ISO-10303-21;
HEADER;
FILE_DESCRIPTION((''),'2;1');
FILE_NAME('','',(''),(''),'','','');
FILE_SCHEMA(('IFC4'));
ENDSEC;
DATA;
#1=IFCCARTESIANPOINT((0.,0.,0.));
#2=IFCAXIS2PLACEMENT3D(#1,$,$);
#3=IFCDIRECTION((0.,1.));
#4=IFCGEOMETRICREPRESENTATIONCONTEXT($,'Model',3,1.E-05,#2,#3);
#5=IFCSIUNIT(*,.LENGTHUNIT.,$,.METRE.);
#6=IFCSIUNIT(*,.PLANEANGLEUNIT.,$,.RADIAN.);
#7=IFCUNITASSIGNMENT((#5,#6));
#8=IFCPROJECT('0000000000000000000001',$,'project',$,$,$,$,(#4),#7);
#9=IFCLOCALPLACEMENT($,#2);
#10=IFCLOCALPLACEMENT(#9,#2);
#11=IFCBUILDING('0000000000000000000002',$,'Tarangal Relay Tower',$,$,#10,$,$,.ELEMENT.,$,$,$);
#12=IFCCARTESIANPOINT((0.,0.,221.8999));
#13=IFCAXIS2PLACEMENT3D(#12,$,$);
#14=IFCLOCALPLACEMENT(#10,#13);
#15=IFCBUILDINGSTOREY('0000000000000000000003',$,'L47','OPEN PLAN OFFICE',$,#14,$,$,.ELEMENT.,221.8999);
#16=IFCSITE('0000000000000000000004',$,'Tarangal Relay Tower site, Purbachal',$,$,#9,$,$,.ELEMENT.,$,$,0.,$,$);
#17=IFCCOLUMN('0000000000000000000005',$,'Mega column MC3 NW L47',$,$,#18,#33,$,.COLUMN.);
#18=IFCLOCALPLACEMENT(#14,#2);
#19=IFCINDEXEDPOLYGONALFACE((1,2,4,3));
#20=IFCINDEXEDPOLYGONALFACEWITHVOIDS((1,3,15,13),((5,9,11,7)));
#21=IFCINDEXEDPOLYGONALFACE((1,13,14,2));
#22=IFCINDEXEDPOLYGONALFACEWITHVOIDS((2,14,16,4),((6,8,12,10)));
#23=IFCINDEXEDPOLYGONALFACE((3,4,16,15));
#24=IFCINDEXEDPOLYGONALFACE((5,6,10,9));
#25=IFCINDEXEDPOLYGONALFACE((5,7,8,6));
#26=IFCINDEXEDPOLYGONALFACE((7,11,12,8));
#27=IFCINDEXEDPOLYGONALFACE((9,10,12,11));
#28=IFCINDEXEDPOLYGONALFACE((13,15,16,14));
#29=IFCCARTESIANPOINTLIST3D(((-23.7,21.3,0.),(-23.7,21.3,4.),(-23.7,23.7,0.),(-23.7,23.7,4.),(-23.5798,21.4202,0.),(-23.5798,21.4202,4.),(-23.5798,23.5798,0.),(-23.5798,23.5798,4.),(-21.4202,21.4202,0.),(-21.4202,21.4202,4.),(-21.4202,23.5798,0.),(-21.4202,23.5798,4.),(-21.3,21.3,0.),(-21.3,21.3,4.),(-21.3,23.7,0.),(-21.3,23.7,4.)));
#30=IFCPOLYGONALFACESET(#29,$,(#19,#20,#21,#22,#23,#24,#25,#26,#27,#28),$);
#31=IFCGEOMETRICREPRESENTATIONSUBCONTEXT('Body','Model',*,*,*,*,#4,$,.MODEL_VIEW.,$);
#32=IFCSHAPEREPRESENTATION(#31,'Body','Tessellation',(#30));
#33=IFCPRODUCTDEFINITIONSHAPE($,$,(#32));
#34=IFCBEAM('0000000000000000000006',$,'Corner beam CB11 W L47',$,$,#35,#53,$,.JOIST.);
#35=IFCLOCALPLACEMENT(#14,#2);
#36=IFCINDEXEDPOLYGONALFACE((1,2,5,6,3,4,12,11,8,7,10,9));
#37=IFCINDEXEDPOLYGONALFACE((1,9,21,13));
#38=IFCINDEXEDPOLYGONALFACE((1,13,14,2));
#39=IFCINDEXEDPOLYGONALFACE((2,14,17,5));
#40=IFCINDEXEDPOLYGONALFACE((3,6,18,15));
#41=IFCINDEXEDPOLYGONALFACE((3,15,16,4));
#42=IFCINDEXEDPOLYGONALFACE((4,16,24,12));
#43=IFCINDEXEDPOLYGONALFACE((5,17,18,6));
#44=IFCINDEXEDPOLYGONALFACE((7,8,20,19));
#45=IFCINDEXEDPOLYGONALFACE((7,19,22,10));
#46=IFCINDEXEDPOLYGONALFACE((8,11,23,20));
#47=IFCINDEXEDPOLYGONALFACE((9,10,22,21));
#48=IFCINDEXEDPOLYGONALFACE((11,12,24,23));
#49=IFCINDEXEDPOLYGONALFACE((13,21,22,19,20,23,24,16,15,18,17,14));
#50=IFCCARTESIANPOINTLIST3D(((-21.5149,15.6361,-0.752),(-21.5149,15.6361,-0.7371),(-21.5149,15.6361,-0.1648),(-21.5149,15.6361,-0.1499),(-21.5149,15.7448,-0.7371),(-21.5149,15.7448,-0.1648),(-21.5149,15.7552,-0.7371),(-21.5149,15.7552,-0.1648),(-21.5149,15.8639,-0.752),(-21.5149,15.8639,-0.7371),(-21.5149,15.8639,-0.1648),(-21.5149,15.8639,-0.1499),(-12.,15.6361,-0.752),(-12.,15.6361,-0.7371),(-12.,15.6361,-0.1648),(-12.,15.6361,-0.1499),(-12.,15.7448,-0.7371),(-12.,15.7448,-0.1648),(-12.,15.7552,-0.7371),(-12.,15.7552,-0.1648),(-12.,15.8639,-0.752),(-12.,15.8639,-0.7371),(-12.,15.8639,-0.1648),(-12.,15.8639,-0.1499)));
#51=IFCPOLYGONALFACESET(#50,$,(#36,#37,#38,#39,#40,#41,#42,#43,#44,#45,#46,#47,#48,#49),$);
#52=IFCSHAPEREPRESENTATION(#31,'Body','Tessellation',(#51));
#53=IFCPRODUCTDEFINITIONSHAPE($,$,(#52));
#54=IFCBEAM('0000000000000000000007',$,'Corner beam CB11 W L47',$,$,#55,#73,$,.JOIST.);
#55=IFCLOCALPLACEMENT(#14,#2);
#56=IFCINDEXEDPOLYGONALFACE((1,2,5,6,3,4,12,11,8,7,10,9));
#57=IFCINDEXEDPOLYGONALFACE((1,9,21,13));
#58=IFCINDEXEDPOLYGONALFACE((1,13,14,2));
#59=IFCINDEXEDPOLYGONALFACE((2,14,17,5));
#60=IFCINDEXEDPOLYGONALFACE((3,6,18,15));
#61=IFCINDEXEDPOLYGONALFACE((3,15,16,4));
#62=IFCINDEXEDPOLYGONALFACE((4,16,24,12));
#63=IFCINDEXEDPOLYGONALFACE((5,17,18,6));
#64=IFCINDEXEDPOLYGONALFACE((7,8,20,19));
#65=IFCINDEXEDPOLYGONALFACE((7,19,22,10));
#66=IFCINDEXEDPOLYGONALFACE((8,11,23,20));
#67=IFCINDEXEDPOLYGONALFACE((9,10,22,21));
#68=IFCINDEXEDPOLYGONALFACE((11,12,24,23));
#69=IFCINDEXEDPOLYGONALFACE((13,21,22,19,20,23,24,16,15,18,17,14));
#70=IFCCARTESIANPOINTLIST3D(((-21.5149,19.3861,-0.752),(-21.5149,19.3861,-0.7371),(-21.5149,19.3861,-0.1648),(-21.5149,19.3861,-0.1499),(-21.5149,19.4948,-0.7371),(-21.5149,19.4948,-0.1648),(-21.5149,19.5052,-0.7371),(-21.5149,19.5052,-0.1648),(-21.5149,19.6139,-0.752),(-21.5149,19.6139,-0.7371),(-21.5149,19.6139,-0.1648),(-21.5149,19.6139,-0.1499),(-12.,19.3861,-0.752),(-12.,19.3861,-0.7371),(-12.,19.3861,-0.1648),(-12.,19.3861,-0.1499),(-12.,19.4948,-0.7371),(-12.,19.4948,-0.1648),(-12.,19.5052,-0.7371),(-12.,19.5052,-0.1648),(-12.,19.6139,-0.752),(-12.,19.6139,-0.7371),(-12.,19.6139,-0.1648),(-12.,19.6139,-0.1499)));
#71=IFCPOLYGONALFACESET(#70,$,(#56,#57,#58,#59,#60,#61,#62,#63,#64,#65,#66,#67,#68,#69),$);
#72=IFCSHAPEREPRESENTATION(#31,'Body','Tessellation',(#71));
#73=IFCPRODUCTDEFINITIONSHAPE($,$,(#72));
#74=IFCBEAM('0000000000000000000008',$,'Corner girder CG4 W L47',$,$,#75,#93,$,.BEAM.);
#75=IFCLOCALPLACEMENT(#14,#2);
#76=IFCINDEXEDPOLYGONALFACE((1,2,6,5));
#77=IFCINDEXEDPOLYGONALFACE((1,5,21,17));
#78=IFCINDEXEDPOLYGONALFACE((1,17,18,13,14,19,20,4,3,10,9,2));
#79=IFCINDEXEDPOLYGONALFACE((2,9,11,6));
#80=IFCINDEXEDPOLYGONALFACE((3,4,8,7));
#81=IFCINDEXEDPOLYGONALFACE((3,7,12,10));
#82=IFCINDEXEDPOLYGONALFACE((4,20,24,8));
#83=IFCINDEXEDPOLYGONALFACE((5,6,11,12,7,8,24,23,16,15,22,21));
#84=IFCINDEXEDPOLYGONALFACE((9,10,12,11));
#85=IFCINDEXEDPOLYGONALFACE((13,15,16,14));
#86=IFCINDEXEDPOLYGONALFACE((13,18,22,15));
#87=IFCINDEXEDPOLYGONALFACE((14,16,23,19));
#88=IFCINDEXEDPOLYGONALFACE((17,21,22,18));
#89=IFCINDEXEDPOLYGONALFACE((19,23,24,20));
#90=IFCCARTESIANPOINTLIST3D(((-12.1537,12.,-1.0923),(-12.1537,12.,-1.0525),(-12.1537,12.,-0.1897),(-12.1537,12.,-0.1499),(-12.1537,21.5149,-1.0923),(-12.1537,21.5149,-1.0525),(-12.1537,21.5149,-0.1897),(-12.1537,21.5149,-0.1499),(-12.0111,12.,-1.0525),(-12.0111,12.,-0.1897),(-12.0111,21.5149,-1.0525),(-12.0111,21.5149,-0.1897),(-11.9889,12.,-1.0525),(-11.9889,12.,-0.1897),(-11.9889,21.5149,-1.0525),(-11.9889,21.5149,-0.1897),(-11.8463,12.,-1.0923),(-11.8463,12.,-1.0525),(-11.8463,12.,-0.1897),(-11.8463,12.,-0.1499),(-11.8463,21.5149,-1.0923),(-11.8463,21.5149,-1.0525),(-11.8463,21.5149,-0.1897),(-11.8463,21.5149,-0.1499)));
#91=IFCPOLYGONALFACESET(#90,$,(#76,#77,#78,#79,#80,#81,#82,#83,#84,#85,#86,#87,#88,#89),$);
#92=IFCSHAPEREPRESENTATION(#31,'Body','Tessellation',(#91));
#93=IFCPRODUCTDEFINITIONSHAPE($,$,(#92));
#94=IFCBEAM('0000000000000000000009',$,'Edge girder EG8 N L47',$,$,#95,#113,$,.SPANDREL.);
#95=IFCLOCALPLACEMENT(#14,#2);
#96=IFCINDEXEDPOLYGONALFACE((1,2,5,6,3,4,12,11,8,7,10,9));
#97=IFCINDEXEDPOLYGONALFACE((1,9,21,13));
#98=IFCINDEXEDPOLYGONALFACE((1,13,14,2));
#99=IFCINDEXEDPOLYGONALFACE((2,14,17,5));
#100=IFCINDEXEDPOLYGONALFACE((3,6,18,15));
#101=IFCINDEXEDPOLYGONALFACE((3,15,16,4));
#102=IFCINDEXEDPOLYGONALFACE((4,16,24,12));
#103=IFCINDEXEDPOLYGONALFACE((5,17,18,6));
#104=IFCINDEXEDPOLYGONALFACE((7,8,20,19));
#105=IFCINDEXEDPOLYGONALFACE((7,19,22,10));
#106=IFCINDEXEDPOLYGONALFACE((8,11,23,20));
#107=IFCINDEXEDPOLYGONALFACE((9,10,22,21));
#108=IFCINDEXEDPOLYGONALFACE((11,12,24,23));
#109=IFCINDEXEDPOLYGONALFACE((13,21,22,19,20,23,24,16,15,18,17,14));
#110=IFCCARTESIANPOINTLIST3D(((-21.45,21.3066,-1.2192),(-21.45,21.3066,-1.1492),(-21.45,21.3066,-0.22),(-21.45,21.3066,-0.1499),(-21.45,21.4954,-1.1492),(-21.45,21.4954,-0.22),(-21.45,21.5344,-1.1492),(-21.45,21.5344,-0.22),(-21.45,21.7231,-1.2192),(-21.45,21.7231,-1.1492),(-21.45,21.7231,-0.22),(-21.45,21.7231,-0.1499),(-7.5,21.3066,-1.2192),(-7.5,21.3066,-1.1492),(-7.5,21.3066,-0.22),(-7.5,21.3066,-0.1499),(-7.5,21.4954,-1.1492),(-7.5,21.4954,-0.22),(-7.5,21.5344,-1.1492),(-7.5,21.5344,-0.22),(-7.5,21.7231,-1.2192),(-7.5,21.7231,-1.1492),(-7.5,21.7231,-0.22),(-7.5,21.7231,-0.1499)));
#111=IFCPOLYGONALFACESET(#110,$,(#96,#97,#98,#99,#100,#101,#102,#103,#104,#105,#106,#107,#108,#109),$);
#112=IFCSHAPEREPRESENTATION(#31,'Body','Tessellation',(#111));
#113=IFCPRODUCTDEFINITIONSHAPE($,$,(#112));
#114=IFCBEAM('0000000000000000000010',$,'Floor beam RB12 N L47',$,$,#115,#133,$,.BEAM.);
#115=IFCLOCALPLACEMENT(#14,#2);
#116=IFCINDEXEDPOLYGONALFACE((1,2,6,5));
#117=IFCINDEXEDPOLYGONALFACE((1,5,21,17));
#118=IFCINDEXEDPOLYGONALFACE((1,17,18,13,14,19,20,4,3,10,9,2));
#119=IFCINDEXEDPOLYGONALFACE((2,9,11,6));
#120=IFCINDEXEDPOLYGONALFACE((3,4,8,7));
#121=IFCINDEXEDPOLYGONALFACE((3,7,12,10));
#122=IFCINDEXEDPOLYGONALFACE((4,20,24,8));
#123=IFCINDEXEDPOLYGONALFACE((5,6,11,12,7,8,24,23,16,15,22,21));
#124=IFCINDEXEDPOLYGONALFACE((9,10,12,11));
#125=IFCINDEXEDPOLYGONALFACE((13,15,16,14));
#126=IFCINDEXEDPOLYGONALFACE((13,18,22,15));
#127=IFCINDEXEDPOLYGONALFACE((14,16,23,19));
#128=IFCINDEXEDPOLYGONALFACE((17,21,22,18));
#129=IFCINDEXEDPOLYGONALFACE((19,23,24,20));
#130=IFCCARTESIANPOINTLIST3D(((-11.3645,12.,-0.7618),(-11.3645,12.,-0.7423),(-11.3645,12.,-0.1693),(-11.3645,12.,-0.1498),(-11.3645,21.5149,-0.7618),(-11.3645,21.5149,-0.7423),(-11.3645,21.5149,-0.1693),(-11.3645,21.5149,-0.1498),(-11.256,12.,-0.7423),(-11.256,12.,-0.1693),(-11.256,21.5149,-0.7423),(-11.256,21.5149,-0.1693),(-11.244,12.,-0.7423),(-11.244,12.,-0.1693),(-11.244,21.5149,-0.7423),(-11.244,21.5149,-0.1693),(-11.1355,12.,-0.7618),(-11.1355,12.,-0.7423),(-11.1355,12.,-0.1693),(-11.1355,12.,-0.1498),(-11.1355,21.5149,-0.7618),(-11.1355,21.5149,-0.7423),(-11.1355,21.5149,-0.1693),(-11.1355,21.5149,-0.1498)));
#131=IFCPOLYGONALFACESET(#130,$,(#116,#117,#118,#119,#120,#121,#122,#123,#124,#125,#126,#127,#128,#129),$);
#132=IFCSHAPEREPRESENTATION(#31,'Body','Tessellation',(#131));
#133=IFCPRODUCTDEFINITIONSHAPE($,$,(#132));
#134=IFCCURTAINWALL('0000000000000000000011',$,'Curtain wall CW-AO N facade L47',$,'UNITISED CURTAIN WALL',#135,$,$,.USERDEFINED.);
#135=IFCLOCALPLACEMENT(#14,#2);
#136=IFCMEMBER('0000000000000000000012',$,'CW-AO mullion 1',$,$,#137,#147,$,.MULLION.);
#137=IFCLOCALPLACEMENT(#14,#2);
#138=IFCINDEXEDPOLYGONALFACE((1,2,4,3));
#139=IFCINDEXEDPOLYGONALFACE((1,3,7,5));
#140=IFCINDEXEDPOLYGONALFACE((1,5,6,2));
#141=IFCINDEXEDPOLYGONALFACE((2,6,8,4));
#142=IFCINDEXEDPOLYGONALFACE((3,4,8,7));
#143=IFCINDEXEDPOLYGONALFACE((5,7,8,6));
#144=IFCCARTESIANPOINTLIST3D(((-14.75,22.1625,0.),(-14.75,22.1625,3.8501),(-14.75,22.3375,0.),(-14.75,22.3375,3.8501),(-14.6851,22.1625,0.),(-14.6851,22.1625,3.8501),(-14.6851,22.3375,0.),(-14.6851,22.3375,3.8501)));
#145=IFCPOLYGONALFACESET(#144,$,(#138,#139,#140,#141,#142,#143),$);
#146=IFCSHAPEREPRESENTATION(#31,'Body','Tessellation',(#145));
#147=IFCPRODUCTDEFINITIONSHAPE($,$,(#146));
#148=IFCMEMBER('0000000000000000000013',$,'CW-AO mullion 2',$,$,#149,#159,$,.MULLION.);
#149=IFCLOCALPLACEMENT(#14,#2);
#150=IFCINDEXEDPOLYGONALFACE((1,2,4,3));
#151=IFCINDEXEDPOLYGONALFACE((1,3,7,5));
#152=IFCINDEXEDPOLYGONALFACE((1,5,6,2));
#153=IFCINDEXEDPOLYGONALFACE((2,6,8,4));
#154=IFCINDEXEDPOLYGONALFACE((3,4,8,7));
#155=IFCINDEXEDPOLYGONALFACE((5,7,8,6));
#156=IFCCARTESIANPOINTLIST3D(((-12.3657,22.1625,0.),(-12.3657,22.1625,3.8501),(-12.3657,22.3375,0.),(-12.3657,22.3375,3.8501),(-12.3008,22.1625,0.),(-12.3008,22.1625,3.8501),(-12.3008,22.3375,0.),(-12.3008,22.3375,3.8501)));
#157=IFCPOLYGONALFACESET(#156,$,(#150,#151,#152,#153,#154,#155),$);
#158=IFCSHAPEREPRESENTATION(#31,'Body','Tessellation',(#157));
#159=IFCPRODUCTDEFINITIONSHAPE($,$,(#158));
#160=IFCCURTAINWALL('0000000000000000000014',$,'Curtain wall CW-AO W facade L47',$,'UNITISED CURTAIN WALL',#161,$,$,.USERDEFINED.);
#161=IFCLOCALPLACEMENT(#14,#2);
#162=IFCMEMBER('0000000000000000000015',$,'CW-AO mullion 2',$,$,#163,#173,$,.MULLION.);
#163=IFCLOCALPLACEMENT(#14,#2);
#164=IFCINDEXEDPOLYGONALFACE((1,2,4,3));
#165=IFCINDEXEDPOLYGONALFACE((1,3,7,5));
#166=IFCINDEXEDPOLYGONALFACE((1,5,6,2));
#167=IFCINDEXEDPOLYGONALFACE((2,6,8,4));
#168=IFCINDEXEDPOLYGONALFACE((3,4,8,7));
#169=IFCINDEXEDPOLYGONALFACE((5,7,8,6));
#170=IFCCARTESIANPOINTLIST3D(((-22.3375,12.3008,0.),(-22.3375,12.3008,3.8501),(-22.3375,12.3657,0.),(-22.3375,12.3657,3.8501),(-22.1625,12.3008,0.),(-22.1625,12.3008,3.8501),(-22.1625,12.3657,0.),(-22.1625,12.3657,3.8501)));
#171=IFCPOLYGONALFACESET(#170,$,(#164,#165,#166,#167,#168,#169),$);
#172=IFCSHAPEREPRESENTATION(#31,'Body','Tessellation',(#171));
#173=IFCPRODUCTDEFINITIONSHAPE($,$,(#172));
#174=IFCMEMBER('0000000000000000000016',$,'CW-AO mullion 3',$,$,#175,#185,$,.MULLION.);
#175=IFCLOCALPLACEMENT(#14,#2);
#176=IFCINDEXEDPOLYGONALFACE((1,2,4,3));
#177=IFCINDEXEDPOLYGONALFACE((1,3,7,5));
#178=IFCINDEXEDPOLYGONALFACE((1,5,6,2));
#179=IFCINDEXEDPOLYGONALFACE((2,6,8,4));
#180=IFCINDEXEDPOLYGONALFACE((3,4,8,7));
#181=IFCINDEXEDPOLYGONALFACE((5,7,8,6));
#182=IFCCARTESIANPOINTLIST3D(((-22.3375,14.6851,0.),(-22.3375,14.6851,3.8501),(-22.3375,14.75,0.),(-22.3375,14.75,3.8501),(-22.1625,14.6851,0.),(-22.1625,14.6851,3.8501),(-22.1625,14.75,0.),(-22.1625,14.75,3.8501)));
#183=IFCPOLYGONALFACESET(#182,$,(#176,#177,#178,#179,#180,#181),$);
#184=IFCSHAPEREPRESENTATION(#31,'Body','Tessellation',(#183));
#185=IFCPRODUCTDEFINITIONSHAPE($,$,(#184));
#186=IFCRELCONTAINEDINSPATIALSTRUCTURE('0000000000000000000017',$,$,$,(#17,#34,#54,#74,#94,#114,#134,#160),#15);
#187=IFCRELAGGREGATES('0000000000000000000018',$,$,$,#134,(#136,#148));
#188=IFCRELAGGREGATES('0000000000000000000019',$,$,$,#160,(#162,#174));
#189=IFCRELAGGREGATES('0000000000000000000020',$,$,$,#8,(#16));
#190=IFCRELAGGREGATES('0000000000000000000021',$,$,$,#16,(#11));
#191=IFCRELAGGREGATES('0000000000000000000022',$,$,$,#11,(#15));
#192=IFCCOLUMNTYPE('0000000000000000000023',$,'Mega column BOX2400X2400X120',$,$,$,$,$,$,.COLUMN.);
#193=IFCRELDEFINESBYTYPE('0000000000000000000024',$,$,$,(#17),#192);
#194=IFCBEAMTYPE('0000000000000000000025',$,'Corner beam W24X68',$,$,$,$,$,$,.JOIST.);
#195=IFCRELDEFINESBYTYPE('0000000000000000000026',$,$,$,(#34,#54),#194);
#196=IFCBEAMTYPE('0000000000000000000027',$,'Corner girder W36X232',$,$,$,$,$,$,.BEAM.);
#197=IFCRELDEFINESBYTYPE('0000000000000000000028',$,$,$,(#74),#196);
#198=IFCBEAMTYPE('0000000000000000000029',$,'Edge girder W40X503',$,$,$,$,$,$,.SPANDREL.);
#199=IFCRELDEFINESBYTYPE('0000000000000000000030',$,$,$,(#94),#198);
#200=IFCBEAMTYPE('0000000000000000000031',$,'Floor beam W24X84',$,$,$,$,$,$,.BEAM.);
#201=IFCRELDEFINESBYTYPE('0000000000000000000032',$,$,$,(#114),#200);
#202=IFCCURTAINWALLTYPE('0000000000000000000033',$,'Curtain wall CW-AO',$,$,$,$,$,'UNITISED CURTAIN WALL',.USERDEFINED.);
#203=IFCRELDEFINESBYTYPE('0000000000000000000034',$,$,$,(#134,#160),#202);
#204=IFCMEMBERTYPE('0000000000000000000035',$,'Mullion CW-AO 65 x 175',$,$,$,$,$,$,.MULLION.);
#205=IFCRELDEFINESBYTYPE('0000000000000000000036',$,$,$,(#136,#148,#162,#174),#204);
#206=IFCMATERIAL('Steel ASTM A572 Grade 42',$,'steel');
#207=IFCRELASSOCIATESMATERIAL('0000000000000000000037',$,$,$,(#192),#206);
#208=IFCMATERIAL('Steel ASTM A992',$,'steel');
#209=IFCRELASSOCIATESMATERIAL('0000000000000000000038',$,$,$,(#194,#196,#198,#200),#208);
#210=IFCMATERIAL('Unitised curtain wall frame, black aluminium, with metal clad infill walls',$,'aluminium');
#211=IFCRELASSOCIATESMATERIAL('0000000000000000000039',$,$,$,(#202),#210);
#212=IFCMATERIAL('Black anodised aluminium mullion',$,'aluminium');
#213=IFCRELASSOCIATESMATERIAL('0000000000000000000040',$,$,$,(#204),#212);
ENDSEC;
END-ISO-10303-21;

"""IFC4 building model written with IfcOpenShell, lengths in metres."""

from ifc_helpers import new_model, si_unit, direction, frame, origin, origin_2d, place, context, subcontext, project, spatial, rectangle, hollow_rectangle, i_section, extrude, material, material_profile, profile_set, type_object, element, aggregate, save


model = new_model("IFC4")

# Units and contexts
model_context = context("Model", 3, precision=1e-05, world=origin(), true_north=direction((0.0, 1.0)))
body_context = subcontext(model_context, "Body", "Model", "MODEL_VIEW")
ifc_project = project(units=[si_unit("LENGTHUNIT", "METRE"), si_unit("PLANEANGLEUNIT", "RADIAN")], contexts=[model_context])

# Site, building, storey
site_placement = place(None, origin())
site = spatial("IfcSite", under=ifc_project, at=site_placement, Name="Tarangal Relay Tower site, Purbachal", CompositionType="ELEMENT", RefElevation=0.0)
building_placement = place(site_placement, origin())
building = spatial("IfcBuilding", under=site, at=building_placement, Name="Tarangal Relay Tower", CompositionType="ELEMENT")
storey_placement = place(building_placement, frame((0.0, 0.0, 221.8999)))
storey = spatial("IfcBuildingStorey", under=building, at=storey_placement, Name="L47", Description="OPEN PLAN OFFICE", CompositionType="ELEMENT", Elevation=221.8999)

# Column
ifc_material_1 = material(Name="Steel ASTM A572 Grade 42", Category="steel")
ifc_material_profile_1 = material_profile(ifc_material_1, hollow_rectangle(XDim=2.3999, YDim=2.3999, WallThickness=0.1201, at=origin_2d()), Name="BOX2400X2400X120")
ifc_profile_set_1 = profile_set([ifc_material_profile_1], Name="Steel ASTM A572 Grade 42")
column_type = type_object("IfcColumnType", Name="Mega column BOX2400X2400X120", PredefinedType="COLUMN", material=ifc_profile_set_1)
column_placement = place(storey_placement, frame((-22.5, 22.5, 0.0), z_axis=(0.0, 0.0, 1.0), x_axis=(1.0, 0.0, 0.0)))
element("IfcColumn", 1, at=column_placement, inside=storey, type_object=column_type, Name="Mega column MC3 NW L47", PredefinedType="COLUMN", context=body_context, shape_type="SweptSolid", body=[
    extrude(hollow_rectangle(XDim=2.3999, YDim=2.3999, WallThickness=0.1201, at=origin_2d()), origin(), (0.0, 0.0, 1.0), 4.0),
])

# Beams
ifc_material_2 = material(Name="Steel ASTM A992", Category="steel")
ifc_material_profile_2 = material_profile(ifc_material_2, i_section(OverallWidth=0.2278, OverallDepth=0.6021, WebThickness=0.0105, FlangeThickness=0.0149, at=origin_2d()), Name="W24X68")
ifc_profile_set_2 = profile_set([ifc_material_profile_2], Name="Steel ASTM A992")
beam_type_1 = type_object("IfcBeamType", Name="Corner beam W24X68", PredefinedType="JOIST", material=ifc_profile_set_2)
for number, where, z_axis, x_axis, name in (
    (2, (-12.0, 15.75, -0.4509), (-1.0, 0.0, 0.0), (0.0, -1.0, 0.0), "Corner beam CB11 W L47"),
    (3, (-12.0, 19.5, -0.4509), (-1.0, 0.0, 0.0), (0.0, -1.0, 0.0), "Corner beam CB11 W L47"),
):
    element("IfcBeam", number, at=place(storey_placement, frame(where, z_axis=z_axis, x_axis=x_axis)), inside=storey, type_object=beam_type_1, Name=name, PredefinedType="JOIST", context=body_context, shape_type="SweptSolid", body=[
        extrude(i_section(OverallWidth=0.2278, OverallDepth=0.6021, WebThickness=0.0105, FlangeThickness=0.0149, at=origin_2d()), origin(), (0.0, 0.0, 1.0), 9.5149),
    ])
ifc_material_profile_3 = material_profile(ifc_material_2, i_section(OverallWidth=0.3074, OverallDepth=0.9424, WebThickness=0.0222, FlangeThickness=0.0398, at=origin_2d()), Name="W36X232")
ifc_profile_set_3 = profile_set([ifc_material_profile_3], Name="Steel ASTM A992")
beam_type_2 = type_object("IfcBeamType", Name="Corner girder W36X232", PredefinedType="BEAM", material=ifc_profile_set_3)
beam_1_placement = place(storey_placement, frame((-12.0, 12.0, -0.6211), z_axis=(0.0, 1.0, 0.0), x_axis=(-1.0, 0.0, 0.0)))
element("IfcBeam", 4, at=beam_1_placement, inside=storey, type_object=beam_type_2, Name="Corner girder CG4 W L47", PredefinedType="BEAM", context=body_context, shape_type="SweptSolid", body=[
    extrude(i_section(OverallWidth=0.3074, OverallDepth=0.9424, WebThickness=0.0222, FlangeThickness=0.0398, at=origin_2d()), origin(), (0.0, 0.0, 1.0), 9.5149),
])
ifc_material_profile_4 = material_profile(ifc_material_2, i_section(OverallWidth=0.4165, OverallDepth=1.0693, WebThickness=0.0391, FlangeThickness=0.0701, at=origin_2d()), Name="W40X503")
ifc_profile_set_4 = profile_set([ifc_material_profile_4], Name="Steel ASTM A992")
beam_type_3 = type_object("IfcBeamType", Name="Edge girder W40X503", PredefinedType="SPANDREL", material=ifc_profile_set_4)
beam_2_placement = place(storey_placement, frame((-21.45, 21.5149, -0.6846), z_axis=(1.0, 0.0, 0.0), x_axis=(0.0, 1.0, 0.0)))
element("IfcBeam", 5, at=beam_2_placement, inside=storey, type_object=beam_type_3, Name="Edge girder EG8 N L47", PredefinedType="SPANDREL", context=body_context, shape_type="SweptSolid", body=[
    extrude(i_section(OverallWidth=0.4165, OverallDepth=1.0693, WebThickness=0.0391, FlangeThickness=0.0701, at=origin_2d()), origin(), (0.0, 0.0, 1.0), 13.95),
])
ifc_material_profile_5 = material_profile(ifc_material_2, i_section(OverallWidth=0.229, OverallDepth=0.6121, WebThickness=0.012, FlangeThickness=0.0195, at=origin_2d()), Name="W24X84")
ifc_profile_set_5 = profile_set([ifc_material_profile_5], Name="Steel ASTM A992")
beam_type_4 = type_object("IfcBeamType", Name="Floor beam W24X84", PredefinedType="BEAM", material=ifc_profile_set_5)
beam_3_placement = place(storey_placement, frame((-11.25, 12.0, -0.4558), z_axis=(0.0, 1.0, 0.0), x_axis=(-1.0, 0.0, 0.0)))
element("IfcBeam", 6, at=beam_3_placement, inside=storey, type_object=beam_type_4, Name="Floor beam RB12 N L47", PredefinedType="BEAM", context=body_context, shape_type="SweptSolid", body=[
    extrude(i_section(OverallWidth=0.229, OverallDepth=0.6121, WebThickness=0.012, FlangeThickness=0.0195, at=origin_2d()), origin(), (0.0, 0.0, 1.0), 9.5149),
])

# Curtain walls, members
ifc_material_3 = material(Name="Unitised curtain wall frame, black aluminium, with metal clad infill walls", Category="aluminium")
curtain_wall_type = type_object("IfcCurtainWallType", Name="Curtain wall CW-AO", ElementType="UNITISED CURTAIN WALL", PredefinedType="USERDEFINED", material=ifc_material_3)
curtain_wall_1_placement = place(storey_placement, origin())
curtain_wall_1 = element("IfcCurtainWall", 7, at=curtain_wall_1_placement, inside=storey, type_object=curtain_wall_type, Name="Curtain wall CW-AO N facade L47", ObjectType="UNITISED CURTAIN WALL", PredefinedType="USERDEFINED")
ifc_material_4 = material(Name="Black anodised aluminium mullion", Category="aluminium")
ifc_material_profile_6 = material_profile(ifc_material_4, rectangle(XDim=0.175, YDim=0.0649, at=origin_2d()), Name="CW-AOM 65X175")
ifc_profile_set_6 = profile_set([ifc_material_profile_6], Name="Black anodised aluminium mullion")
member_type_1 = type_object("IfcMemberType", Name="Mullion CW-AO 65 x 175", PredefinedType="MULLION", material=ifc_profile_set_6)
member_1_placement = place(storey_placement, frame((-14.7175, 22.25, 0.0), z_axis=(0.0, 0.0, 1.0), x_axis=(0.0, 1.0, 0.0)))
member_1 = element("IfcMember", 8, at=member_1_placement, type_object=member_type_1, Name="CW-AO mullion 1", PredefinedType="MULLION", context=body_context, shape_type="SweptSolid", body=[
    extrude(rectangle(XDim=0.175, YDim=0.0649, at=origin_2d()), origin(), (0.0, 0.0, 1.0), 3.8501),
])
member_2_placement = place(storey_placement, frame((-12.3333, 22.25, 0.0), z_axis=(0.0, 0.0, 1.0), x_axis=(0.0, 1.0, 0.0)))
member_2 = element("IfcMember", 9, at=member_2_placement, type_object=member_type_1, Name="CW-AO mullion 2", PredefinedType="MULLION", context=body_context, shape_type="SweptSolid", body=[
    extrude(rectangle(XDim=0.175, YDim=0.0649, at=origin_2d()), origin(), (0.0, 0.0, 1.0), 3.8501),
])
curtain_wall_2_placement = place(storey_placement, origin())
curtain_wall_2 = element("IfcCurtainWall", 10, at=curtain_wall_2_placement, inside=storey, type_object=curtain_wall_type, Name="Curtain wall CW-AO W facade L47", ObjectType="UNITISED CURTAIN WALL", PredefinedType="USERDEFINED")
member_3_placement = place(storey_placement, frame((-22.25, 12.3333, 0.0), z_axis=(0.0, 0.0, 1.0), x_axis=(-1.0, 0.0, 0.0)))
member_3 = element("IfcMember", 11, at=member_3_placement, type_object=member_type_1, Name="CW-AO mullion 2", PredefinedType="MULLION", context=body_context, shape_type="SweptSolid", body=[
    extrude(rectangle(XDim=0.175, YDim=0.0649, at=origin_2d()), origin(), (0.0, 0.0, 1.0), 3.8501),
])
member_4_placement = place(storey_placement, frame((-22.25, 14.7175, 0.0), z_axis=(0.0, 0.0, 1.0), x_axis=(-1.0, 0.0, 0.0)))
member_4 = element("IfcMember", 12, at=member_4_placement, type_object=member_type_1, Name="CW-AO mullion 3", PredefinedType="MULLION", context=body_context, shape_type="SweptSolid", body=[
    extrude(rectangle(XDim=0.175, YDim=0.0649, at=origin_2d()), origin(), (0.0, 0.0, 1.0), 3.8501),
])

aggregate(curtain_wall_1, [member_1, member_2])
aggregate(curtain_wall_2, [member_3, member_4])

save(model, "model.ifc")
